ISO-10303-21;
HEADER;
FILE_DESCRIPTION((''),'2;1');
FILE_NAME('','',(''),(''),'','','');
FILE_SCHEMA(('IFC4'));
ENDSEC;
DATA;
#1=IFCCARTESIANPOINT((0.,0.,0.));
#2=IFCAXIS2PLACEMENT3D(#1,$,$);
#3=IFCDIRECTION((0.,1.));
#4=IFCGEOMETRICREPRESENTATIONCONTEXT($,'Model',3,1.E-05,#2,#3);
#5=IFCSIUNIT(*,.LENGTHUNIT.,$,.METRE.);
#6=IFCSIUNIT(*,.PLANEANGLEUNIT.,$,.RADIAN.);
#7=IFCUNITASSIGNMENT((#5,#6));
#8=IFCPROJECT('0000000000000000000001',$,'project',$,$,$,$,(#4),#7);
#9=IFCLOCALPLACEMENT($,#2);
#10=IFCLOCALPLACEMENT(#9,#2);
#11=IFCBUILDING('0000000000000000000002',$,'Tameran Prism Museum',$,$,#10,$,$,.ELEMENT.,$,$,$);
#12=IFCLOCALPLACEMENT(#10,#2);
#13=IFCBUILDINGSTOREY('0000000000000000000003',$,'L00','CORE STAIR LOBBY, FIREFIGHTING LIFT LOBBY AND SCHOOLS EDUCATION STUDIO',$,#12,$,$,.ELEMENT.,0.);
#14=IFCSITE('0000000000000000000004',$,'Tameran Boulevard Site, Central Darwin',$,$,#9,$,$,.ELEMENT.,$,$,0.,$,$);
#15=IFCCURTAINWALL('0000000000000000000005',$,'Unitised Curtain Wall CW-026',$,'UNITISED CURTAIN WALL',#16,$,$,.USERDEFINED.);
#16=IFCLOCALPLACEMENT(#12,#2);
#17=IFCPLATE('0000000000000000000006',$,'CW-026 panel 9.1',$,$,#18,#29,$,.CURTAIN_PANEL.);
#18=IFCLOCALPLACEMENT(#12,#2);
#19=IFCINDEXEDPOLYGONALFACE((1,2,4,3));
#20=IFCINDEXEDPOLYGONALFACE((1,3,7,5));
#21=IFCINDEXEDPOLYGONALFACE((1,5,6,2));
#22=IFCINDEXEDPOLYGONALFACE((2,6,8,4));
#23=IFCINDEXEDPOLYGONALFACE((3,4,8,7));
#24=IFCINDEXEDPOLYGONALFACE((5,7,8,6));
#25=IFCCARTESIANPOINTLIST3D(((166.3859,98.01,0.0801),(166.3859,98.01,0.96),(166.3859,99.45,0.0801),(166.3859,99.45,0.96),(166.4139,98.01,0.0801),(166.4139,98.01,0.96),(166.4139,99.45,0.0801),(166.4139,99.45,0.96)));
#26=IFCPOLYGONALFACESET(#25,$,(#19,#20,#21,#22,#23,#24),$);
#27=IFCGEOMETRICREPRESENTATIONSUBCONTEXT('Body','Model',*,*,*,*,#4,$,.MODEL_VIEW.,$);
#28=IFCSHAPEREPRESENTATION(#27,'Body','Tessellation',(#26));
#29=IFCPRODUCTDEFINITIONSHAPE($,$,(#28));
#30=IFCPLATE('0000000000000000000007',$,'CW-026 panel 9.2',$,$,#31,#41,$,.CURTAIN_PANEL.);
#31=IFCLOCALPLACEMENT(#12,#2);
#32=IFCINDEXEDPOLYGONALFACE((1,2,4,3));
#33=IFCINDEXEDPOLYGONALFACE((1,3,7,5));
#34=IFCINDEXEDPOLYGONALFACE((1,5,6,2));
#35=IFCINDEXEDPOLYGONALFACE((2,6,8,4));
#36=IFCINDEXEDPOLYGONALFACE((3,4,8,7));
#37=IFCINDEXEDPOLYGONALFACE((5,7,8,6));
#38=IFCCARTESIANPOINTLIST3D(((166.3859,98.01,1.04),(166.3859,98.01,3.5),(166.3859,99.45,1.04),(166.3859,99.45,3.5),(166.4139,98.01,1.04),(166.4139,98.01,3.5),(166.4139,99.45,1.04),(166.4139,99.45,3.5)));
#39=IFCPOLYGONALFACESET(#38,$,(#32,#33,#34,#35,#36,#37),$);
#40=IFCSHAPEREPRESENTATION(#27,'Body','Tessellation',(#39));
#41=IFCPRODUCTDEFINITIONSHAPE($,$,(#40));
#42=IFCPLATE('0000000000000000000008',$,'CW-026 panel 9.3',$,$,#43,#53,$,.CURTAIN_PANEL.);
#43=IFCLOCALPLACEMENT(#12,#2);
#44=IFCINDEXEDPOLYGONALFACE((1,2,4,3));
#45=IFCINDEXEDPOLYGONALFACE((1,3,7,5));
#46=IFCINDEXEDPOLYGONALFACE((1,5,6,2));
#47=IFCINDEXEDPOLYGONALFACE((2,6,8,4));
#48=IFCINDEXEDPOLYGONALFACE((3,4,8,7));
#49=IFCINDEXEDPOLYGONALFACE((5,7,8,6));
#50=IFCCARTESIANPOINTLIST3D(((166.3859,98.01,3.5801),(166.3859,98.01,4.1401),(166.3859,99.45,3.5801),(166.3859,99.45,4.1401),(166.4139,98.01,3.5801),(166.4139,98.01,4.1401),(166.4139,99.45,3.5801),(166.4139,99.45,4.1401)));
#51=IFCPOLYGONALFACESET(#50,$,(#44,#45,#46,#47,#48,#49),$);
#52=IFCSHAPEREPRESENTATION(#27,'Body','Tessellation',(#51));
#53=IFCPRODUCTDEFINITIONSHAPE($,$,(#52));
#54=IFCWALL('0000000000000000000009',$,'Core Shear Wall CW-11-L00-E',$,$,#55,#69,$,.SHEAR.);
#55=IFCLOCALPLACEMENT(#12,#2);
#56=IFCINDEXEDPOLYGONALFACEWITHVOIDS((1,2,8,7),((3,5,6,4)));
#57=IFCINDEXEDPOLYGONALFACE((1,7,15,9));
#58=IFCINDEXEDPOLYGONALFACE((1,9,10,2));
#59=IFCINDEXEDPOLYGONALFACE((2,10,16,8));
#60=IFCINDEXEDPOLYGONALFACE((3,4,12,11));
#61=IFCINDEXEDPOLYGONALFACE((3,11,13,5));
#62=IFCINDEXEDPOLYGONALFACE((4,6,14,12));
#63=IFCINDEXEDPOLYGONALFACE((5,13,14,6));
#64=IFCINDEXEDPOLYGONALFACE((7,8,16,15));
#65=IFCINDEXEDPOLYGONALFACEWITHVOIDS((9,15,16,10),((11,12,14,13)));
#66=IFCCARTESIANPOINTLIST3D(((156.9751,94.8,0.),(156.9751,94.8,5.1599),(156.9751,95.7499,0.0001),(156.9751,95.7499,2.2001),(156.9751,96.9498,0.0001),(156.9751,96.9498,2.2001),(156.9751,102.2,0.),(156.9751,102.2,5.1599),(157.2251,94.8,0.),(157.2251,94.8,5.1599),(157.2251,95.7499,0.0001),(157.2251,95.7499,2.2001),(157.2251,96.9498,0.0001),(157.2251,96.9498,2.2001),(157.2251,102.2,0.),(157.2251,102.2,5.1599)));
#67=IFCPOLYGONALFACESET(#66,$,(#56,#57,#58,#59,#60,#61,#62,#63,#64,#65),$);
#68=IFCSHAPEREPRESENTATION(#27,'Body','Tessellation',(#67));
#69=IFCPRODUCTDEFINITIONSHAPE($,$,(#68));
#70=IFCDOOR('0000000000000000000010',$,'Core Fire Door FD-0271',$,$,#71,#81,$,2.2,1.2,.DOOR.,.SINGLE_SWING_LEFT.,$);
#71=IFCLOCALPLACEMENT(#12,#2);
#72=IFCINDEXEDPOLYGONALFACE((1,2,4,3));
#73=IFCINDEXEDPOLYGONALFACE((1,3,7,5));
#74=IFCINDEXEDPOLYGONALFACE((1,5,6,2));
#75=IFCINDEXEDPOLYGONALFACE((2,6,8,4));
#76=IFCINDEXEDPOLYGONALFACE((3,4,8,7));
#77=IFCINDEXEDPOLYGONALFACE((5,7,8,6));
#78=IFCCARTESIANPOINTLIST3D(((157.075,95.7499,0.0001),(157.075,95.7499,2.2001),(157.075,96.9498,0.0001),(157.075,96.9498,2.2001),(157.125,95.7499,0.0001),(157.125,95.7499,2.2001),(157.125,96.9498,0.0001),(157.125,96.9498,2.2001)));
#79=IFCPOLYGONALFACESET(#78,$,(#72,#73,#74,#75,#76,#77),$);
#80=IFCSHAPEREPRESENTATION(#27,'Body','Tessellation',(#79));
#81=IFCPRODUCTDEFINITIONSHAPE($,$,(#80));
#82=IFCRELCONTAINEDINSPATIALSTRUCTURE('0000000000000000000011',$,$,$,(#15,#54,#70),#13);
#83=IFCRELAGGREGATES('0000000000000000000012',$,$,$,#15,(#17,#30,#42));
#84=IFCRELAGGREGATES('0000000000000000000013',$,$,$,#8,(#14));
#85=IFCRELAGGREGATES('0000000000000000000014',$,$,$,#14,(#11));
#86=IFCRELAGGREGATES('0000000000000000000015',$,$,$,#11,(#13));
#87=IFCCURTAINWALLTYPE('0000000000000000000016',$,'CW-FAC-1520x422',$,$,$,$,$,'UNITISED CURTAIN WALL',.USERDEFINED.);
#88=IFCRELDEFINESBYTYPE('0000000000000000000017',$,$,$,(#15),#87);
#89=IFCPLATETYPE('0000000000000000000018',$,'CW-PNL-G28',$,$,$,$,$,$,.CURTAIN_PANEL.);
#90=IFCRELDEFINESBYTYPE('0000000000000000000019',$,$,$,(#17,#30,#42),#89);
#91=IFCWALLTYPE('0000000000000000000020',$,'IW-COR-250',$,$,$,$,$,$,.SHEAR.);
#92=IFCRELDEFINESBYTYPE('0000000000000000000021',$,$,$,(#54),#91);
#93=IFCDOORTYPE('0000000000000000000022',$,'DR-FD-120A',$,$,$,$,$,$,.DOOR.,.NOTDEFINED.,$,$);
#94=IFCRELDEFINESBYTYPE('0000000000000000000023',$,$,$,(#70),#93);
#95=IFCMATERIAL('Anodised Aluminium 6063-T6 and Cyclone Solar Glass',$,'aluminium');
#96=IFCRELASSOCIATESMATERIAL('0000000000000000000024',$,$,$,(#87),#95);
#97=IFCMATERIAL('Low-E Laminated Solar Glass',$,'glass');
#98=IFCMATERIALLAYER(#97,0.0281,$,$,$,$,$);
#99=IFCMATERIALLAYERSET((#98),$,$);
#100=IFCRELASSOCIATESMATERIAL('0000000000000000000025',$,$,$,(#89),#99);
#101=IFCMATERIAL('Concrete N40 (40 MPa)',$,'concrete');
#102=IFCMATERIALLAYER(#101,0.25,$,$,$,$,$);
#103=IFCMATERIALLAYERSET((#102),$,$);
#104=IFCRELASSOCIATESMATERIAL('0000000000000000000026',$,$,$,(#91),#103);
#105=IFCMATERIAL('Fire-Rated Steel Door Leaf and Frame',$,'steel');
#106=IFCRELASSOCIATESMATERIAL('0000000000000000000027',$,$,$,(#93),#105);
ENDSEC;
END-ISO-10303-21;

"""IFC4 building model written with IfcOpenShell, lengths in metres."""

from ifc_helpers import new_model, si_unit, direction, frame, frame_2d, origin, origin_2d, place, context, subcontext, project, spatial, rectangle, extrude, material, layer, layer_set, type_object, element, fill, aggregate, save


model = new_model("IFC4")

# Units and contexts
model_context = context("Model", 3, precision=1e-05, world=origin(), true_north=direction((0.0, 1.0)))
body_context = subcontext(model_context, "Body", "Model", "MODEL_VIEW")
ifc_project = project(units=[si_unit("LENGTHUNIT", "METRE"), si_unit("PLANEANGLEUNIT", "RADIAN")], contexts=[model_context])

# Site, building, storey
site_placement = place(None, origin())
site = spatial("IfcSite", under=ifc_project, at=site_placement, Name="Tameran Boulevard Site, Central Darwin", CompositionType="ELEMENT", RefElevation=0.0)
building_placement = place(site_placement, origin())
building = spatial("IfcBuilding", under=site, at=building_placement, Name="Tameran Prism Museum", CompositionType="ELEMENT")
storey_placement = place(building_placement, origin())
storey = spatial("IfcBuildingStorey", under=building, at=storey_placement, Name="L00", Description="CORE STAIR LOBBY, FIREFIGHTING LIFT LOBBY AND SCHOOLS EDUCATION STUDIO", CompositionType="ELEMENT", Elevation=0.0)

# Curtain wall, plates
ifc_material_1 = material(Name="Anodised Aluminium 6063-T6 and Cyclone Solar Glass", Category="aluminium")
curtain_wall_type = type_object("IfcCurtainWallType", Name="CW-FAC-1520x422", ElementType="UNITISED CURTAIN WALL", PredefinedType="USERDEFINED", material=ifc_material_1)
curtain_wall_placement = place(storey_placement, origin())
curtain_wall = element("IfcCurtainWall", 1, at=curtain_wall_placement, inside=storey, type_object=curtain_wall_type, Name="Unitised Curtain Wall CW-026", ObjectType="UNITISED CURTAIN WALL", PredefinedType="USERDEFINED")
ifc_material_2 = material(Name="Low-E Laminated Solar Glass", Category="glass")
ifc_layer_1 = layer(ifc_material_2, 0.0281)
ifc_layer_set_1 = layer_set([ifc_layer_1])
plate_type = type_object("IfcPlateType", Name="CW-PNL-G28", PredefinedType="CURTAIN_PANEL", material=ifc_layer_set_1)
plate_1_placement = place(storey_placement, frame((166.3999, 98.73, 0.0801), z_axis=(0.0, 0.0, 1.0), x_axis=(0.0, -1.0, 0.0)))
plate_1 = element("IfcPlate", 2, at=plate_1_placement, type_object=plate_type, Name="CW-026 panel 9.1", PredefinedType="CURTAIN_PANEL", context=body_context, shape_type="SweptSolid", body=[
    extrude(rectangle(XDim=1.4399, YDim=0.0281, at=origin_2d()), origin(), (0.0, 0.0, 1.0), 0.8799),
])
plate_2_placement = place(storey_placement, frame((166.3999, 98.73, 1.04), z_axis=(0.0, 0.0, 1.0), x_axis=(0.0, -1.0, 0.0)))
plate_2 = element("IfcPlate", 3, at=plate_2_placement, type_object=plate_type, Name="CW-026 panel 9.2", PredefinedType="CURTAIN_PANEL", context=body_context, shape_type="SweptSolid", body=[
    extrude(rectangle(XDim=1.4399, YDim=0.0281, at=origin_2d()), origin(), (0.0, 0.0, 1.0), 2.46),
])
plate_3_placement = place(storey_placement, frame((166.3999, 98.73, 3.5801), z_axis=(0.0, 0.0, 1.0), x_axis=(0.0, -1.0, 0.0)))
plate_3 = element("IfcPlate", 4, at=plate_3_placement, type_object=plate_type, Name="CW-026 panel 9.3", PredefinedType="CURTAIN_PANEL", context=body_context, shape_type="SweptSolid", body=[
    extrude(rectangle(XDim=1.4399, YDim=0.0281, at=origin_2d()), origin(), (0.0, 0.0, 1.0), 0.5601),
])
aggregate(curtain_wall, [plate_1, plate_2, plate_3])

# Wall, opening, door
ifc_material_3 = material(Name="Concrete N40 (40 MPa)", Category="concrete")
ifc_layer_2 = layer(ifc_material_3, 0.25)
ifc_layer_set_2 = layer_set([ifc_layer_2])
wall_type = type_object("IfcWallType", Name="IW-COR-250", PredefinedType="SHEAR", material=ifc_layer_set_2)
wall_placement = place(storey_placement, frame((157.1001, 102.2, 0.0), z_axis=(0.0, 0.0, 1.0), x_axis=(0.0, -1.0, 0.0)))
wall = element("IfcWall", 5, at=wall_placement, inside=storey, type_object=wall_type, Name="Core Shear Wall CW-11-L00-E", PredefinedType="SHEAR", context=body_context, shape_type="SweptSolid", body=[
    extrude(rectangle(XDim=7.3999, YDim=0.25, at=frame_2d((3.7, 0.0))), origin(), (0.0, 0.0, 1.0), 5.1599),
])
opening_placement = place(wall_placement, frame((5.25, 0.0, 0.0)))
opening = element("IfcOpeningElement", 6, at=opening_placement, cuts=wall, PredefinedType="OPENING", context=body_context, shape_type="SweptSolid", body=[
    extrude(rectangle(XDim=1.2, YDim=2.2, at=frame_2d((0.6001, 1.1001))), frame((0.0, 0.135, 0.0), z_axis=(0.0, -1.0, 0.0), x_axis=(1.0, 0.0, 0.0)), (0.0, 0.0, 1.0), 0.27),
])
ifc_material_4 = material(Name="Fire-Rated Steel Door Leaf and Frame", Category="steel")
door_type = type_object("IfcDoorType", Name="DR-FD-120A", OperationType="NOTDEFINED", PredefinedType="DOOR", material=ifc_material_4)
door_placement = place(opening_placement, origin())
door = element("IfcDoor", 7, at=door_placement, inside=storey, type_object=door_type, Name="Core Fire Door FD-0271", OperationType="SINGLE_SWING_LEFT", OverallHeight=2.2, OverallWidth=1.2, PredefinedType="DOOR", context=body_context, shape_type="SweptSolid", body=[
    extrude(rectangle(XDim=1.2, YDim=2.2, at=frame_2d((0.6001, 1.1001))), frame((0.0, 0.0249, 0.0), z_axis=(0.0, -1.0, 0.0), x_axis=(1.0, 0.0, 0.0)), (0.0, 0.0, 1.0), 0.05),
])
fill(opening, door)

save(model, "model.ifc")
